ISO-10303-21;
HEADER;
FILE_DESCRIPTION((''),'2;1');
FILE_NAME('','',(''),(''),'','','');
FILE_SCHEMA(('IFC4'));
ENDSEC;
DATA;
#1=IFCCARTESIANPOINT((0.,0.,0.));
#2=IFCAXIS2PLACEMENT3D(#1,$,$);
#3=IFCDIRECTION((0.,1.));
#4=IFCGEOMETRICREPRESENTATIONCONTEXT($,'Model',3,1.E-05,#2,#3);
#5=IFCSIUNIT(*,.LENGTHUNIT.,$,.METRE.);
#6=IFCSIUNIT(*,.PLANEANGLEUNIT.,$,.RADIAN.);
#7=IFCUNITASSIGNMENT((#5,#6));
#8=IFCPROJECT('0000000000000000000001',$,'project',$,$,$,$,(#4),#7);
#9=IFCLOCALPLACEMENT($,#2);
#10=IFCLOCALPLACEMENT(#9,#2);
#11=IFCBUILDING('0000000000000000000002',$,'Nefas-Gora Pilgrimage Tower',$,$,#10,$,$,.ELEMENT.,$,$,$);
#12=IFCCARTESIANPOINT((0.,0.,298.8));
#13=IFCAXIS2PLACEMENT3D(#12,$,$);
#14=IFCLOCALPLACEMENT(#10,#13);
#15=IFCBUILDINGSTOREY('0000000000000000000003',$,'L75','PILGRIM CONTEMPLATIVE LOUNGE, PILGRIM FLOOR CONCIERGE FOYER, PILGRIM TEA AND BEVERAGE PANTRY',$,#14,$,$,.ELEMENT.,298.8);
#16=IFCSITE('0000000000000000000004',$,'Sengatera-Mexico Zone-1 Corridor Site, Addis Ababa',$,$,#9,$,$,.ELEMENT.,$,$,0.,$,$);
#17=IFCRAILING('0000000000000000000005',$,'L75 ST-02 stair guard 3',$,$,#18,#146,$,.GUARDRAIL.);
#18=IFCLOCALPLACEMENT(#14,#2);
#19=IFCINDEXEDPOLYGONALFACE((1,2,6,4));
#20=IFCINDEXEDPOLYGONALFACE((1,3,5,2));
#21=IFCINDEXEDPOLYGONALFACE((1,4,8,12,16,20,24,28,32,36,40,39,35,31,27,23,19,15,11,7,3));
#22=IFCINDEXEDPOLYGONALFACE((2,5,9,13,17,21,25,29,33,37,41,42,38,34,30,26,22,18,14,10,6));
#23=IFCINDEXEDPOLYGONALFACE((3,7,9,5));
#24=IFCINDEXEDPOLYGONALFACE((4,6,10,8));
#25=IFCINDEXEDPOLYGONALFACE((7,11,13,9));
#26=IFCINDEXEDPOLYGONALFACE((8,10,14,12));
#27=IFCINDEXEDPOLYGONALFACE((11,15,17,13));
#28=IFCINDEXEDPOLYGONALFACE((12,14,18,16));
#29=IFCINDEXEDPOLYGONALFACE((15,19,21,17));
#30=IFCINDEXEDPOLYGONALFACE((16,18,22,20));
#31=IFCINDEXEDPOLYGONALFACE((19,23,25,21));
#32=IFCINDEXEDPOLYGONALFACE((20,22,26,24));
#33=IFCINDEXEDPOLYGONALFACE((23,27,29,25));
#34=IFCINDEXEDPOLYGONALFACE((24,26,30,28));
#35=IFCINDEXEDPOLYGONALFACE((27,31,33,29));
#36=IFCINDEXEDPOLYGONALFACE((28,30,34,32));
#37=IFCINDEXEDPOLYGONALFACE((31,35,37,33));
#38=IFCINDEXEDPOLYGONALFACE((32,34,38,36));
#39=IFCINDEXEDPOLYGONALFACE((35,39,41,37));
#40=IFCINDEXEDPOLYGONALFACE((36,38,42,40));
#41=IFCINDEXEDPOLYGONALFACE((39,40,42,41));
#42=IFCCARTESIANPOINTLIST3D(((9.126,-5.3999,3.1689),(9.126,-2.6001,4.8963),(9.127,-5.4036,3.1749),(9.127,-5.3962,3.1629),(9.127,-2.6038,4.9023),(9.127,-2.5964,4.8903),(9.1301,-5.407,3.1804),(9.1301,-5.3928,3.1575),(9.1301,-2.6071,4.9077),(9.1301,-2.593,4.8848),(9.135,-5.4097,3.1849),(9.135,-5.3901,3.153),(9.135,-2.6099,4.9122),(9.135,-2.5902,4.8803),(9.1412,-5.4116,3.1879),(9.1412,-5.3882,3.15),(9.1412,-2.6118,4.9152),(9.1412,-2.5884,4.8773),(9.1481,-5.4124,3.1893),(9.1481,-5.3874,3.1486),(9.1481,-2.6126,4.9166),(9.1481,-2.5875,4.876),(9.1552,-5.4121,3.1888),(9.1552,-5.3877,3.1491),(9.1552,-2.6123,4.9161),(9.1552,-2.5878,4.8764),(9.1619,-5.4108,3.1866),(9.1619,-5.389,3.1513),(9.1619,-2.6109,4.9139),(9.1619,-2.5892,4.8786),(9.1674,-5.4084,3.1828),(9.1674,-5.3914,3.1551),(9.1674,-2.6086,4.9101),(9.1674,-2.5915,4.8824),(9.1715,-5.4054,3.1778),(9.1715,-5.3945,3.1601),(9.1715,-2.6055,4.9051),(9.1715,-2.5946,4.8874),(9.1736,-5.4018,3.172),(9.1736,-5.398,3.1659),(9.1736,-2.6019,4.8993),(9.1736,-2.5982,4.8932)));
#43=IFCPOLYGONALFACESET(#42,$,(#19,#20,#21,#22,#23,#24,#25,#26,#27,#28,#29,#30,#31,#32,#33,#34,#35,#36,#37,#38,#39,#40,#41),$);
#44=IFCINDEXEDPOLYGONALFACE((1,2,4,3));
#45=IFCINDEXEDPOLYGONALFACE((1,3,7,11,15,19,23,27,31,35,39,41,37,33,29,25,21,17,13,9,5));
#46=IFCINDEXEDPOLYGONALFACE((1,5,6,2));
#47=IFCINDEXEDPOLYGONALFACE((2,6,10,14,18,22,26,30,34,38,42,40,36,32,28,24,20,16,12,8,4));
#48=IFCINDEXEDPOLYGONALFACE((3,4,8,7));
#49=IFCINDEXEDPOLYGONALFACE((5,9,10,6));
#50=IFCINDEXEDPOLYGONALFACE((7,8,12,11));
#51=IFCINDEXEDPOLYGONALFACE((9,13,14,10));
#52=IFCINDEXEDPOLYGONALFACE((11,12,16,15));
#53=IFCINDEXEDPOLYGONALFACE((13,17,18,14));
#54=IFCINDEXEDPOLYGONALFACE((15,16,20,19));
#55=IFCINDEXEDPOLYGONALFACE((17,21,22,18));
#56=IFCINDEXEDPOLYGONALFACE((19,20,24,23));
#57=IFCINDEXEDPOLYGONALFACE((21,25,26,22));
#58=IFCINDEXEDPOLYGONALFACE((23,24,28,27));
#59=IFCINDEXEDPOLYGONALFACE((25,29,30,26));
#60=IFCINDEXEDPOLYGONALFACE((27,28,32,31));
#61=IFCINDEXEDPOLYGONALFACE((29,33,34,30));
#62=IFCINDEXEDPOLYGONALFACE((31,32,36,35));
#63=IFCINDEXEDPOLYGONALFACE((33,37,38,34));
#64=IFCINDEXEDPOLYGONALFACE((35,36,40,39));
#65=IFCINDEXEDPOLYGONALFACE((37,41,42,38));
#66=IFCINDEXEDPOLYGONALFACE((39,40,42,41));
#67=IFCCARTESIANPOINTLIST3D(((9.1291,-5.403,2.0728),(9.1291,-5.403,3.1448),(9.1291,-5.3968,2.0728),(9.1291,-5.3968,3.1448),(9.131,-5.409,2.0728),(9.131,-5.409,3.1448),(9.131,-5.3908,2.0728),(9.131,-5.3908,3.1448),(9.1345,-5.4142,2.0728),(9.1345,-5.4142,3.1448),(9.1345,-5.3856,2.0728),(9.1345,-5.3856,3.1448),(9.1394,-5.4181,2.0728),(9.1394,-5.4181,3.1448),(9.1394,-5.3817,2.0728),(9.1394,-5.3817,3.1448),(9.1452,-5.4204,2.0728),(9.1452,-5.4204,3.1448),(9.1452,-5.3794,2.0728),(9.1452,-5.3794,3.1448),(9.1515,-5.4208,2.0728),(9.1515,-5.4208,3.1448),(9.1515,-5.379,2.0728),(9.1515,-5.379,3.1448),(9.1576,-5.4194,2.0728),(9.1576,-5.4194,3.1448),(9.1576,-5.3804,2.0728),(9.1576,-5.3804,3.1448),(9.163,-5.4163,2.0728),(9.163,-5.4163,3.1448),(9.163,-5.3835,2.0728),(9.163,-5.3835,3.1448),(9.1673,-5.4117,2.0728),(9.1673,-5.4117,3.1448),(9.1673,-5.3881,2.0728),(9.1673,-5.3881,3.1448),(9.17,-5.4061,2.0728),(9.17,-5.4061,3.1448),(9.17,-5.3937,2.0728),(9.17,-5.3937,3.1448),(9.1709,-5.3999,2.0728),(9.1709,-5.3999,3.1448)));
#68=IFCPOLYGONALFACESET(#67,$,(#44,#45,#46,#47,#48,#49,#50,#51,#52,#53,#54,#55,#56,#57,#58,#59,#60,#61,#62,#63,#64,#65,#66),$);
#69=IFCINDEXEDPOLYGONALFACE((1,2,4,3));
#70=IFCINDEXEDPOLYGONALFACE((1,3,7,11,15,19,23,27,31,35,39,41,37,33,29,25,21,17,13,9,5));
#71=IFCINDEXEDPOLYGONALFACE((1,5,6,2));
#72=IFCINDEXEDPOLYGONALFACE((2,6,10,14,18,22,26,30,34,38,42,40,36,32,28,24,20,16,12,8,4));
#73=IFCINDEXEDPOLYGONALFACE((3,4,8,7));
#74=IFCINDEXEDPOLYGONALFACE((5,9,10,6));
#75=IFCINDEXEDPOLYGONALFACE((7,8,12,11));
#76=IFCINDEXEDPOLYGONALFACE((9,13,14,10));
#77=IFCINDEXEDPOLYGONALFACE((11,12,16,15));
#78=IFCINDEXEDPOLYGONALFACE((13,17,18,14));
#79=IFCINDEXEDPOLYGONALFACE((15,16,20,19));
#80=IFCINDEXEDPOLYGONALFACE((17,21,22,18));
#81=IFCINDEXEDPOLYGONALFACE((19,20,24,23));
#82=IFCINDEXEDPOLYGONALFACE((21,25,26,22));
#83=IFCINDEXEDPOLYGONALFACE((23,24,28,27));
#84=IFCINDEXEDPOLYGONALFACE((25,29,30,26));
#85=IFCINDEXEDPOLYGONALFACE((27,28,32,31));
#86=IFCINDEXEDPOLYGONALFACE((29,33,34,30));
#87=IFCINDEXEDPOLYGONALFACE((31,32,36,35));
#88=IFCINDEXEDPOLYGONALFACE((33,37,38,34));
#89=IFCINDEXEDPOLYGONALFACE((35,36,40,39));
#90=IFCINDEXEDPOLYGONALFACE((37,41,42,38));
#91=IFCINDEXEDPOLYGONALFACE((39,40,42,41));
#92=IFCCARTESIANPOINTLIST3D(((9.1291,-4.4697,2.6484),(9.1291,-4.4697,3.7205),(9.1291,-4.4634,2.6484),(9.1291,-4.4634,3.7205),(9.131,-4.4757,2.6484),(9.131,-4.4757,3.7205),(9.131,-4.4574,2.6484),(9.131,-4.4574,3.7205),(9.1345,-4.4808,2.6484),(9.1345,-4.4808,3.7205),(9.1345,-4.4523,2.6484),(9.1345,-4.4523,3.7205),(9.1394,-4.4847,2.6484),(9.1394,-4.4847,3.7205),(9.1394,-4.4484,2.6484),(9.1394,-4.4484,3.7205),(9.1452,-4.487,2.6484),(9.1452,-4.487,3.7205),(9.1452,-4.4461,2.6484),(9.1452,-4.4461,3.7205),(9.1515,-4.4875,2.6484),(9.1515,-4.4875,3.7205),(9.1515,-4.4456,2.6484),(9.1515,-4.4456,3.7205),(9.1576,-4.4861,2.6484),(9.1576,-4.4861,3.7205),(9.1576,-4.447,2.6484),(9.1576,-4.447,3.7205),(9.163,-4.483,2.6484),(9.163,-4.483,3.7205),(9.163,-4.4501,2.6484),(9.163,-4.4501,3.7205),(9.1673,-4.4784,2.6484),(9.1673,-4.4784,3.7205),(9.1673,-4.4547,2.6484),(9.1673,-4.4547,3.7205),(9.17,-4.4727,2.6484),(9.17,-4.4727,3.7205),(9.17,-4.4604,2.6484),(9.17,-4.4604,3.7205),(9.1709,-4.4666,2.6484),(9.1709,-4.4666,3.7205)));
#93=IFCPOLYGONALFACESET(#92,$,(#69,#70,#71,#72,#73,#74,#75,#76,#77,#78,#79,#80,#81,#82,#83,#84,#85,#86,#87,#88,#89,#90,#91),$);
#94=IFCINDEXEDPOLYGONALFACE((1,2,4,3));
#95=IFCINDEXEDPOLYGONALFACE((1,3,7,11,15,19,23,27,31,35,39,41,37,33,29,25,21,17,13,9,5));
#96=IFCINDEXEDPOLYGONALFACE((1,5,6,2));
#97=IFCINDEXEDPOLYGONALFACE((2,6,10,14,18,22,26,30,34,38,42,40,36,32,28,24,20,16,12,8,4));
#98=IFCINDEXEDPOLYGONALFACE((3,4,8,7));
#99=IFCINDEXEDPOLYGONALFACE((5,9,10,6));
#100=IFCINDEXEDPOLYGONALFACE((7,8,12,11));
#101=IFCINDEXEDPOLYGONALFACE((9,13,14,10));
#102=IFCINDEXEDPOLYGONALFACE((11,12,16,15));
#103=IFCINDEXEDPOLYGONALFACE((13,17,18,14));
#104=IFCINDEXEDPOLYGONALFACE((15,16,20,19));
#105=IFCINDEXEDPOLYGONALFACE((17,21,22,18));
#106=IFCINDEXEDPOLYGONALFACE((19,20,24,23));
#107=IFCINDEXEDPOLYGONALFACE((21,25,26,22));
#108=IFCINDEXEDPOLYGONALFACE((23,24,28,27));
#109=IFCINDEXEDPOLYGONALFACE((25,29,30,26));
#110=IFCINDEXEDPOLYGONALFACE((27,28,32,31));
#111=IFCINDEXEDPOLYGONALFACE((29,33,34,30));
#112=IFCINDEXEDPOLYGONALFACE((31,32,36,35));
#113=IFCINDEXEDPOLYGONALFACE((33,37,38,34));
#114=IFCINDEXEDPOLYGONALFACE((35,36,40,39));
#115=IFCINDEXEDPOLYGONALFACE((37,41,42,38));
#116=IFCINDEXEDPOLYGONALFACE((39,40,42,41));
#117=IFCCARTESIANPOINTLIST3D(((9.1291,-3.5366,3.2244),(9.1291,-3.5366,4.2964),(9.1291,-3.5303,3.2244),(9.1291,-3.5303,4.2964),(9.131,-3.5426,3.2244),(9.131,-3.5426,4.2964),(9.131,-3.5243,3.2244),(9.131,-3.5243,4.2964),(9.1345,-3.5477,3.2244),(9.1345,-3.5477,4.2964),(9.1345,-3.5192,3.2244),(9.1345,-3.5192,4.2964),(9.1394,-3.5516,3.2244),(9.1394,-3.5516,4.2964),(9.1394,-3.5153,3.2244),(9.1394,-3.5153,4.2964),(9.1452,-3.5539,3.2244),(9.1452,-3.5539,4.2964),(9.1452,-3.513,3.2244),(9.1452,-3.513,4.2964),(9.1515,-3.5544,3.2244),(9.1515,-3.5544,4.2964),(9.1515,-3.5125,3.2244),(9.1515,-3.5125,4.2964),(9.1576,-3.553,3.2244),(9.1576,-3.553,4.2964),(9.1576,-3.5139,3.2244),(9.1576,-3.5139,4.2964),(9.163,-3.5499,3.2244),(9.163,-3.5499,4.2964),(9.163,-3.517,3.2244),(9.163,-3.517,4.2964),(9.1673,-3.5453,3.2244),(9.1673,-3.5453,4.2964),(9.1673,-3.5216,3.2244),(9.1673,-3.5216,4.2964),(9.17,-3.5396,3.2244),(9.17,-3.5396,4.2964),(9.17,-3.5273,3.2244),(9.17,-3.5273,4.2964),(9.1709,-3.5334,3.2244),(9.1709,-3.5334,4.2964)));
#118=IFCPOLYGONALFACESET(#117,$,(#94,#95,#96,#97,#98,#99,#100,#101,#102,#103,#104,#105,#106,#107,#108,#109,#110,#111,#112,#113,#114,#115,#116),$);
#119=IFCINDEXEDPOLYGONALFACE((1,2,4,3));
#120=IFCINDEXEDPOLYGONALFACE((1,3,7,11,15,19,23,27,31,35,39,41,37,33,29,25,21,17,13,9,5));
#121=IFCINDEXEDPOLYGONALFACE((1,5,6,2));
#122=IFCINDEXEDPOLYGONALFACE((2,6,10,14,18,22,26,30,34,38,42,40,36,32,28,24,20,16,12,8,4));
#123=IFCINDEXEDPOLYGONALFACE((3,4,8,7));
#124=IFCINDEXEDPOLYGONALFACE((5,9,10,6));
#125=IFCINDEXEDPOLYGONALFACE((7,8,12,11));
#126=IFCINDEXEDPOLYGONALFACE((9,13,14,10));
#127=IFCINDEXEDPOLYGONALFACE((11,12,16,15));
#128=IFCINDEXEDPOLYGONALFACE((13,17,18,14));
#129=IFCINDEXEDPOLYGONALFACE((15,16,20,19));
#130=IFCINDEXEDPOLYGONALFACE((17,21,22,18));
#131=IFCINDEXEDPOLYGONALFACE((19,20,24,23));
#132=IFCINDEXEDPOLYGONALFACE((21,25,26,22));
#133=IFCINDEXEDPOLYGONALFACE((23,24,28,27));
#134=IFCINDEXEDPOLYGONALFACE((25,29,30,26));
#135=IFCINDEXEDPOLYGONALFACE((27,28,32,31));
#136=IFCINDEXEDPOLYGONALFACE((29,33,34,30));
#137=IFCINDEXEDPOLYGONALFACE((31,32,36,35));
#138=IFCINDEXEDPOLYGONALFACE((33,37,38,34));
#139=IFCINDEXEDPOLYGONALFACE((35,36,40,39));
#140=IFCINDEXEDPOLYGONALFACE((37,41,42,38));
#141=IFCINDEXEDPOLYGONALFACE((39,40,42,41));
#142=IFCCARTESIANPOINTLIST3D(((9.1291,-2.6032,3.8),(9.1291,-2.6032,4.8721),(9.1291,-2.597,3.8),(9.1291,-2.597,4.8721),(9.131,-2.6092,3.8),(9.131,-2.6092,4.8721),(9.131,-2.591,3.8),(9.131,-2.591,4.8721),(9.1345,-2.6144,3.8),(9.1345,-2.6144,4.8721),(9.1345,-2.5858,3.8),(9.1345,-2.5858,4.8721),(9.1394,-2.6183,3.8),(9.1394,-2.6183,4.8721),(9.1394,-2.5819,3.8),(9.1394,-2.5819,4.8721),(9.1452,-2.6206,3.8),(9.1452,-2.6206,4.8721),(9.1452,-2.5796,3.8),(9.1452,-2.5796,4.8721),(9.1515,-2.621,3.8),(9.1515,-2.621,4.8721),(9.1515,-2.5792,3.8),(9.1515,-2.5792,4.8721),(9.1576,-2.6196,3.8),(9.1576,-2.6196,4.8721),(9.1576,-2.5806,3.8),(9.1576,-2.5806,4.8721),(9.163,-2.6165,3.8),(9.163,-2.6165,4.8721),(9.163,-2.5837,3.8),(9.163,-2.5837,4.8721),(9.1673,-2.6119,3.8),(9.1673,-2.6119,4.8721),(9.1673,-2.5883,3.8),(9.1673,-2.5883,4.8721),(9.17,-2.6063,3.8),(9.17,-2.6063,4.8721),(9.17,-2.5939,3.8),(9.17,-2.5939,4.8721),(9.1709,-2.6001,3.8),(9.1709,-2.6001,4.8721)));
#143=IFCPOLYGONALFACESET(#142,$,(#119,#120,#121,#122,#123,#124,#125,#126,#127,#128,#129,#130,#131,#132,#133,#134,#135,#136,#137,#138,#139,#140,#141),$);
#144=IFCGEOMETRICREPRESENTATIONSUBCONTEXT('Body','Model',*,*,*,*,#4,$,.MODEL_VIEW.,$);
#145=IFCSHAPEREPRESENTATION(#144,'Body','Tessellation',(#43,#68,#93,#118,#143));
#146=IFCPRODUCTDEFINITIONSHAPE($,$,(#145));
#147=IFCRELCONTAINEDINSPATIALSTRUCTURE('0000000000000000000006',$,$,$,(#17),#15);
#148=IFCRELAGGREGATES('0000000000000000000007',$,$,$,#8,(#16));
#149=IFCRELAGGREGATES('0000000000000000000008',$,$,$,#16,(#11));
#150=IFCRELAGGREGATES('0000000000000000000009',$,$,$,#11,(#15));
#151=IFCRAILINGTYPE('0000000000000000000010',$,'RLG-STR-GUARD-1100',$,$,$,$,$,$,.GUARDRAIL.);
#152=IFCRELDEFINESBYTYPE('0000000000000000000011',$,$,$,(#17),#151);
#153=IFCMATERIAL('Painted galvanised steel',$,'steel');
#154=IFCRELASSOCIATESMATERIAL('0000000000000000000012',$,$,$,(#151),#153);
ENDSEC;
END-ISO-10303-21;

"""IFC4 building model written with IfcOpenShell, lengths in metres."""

from ifc_helpers import new_model, si_unit, direction, frame, origin, origin_2d, place, context, subcontext, project, spatial, circle, extrude, material, type_object, element, save


model = new_model("IFC4")

# Units and contexts
model_context = context("Model", 3, precision=1e-05, world=origin(), true_north=direction((0.0, 1.0)))
body_context = subcontext(model_context, "Body", "Model", "MODEL_VIEW")
ifc_project = project(units=[si_unit("LENGTHUNIT", "METRE"), si_unit("PLANEANGLEUNIT", "RADIAN")], contexts=[model_context])

# Site, building, storey
site_placement = place(None, origin())
site = spatial("IfcSite", under=ifc_project, at=site_placement, Name="Sengatera-Mexico Zone-1 Corridor Site, Addis Ababa", CompositionType="ELEMENT", RefElevation=0.0)
building_placement = place(site_placement, origin())
building = spatial("IfcBuilding", under=site, at=building_placement, Name="Nefas-Gora Pilgrimage Tower", CompositionType="ELEMENT")
storey_placement = place(building_placement, frame((0.0, 0.0, 298.8)))
storey = spatial("IfcBuildingStorey", under=building, at=storey_placement, Name="L75", Description="PILGRIM CONTEMPLATIVE LOUNGE, PILGRIM FLOOR CONCIERGE FOYER, PILGRIM TEA AND BEVERAGE PANTRY", CompositionType="ELEMENT", Elevation=298.8)

# Railing
ifc_material_1 = material(Name="Painted galvanised steel", Category="steel")
railing_type_1 = type_object("IfcRailingType", Name="RLG-STR-GUARD-1100", PredefinedType="GUARDRAIL", material=ifc_material_1)
railing_1_placement = place(storey_placement, frame((9.1499, -5.3999, 2.0728)))
element("IfcRailing", 1, at=railing_1_placement, inside=storey, type_object=railing_type_1, Name="L75 ST-02 stair guard 3", PredefinedType="GUARDRAIL", context=body_context, shape_type="SweptSolid", body=[
    extrude(circle(Radius=0.0239, at=origin_2d()), frame((0.0, 0.0, 1.0962), z_axis=(0.0, 0.851069, 0.525054), x_axis=(-1.0, 0.0, 0.0)), (0.0, 0.0, 1.0), 3.2898),
    extrude(circle(Radius=0.021, at=origin_2d()), origin(), (0.0, 0.0, 1.0), 1.072),
    extrude(circle(Radius=0.021, at=origin_2d()), frame((0.0, 0.9333, 0.5757)), (0.0, 0.0, 1.0), 1.072),
    extrude(circle(Radius=0.021, at=origin_2d()), frame((0.0, 1.8665, 1.1516)), (0.0, 0.0, 1.0), 1.072),
    extrude(circle(Radius=0.021, at=origin_2d()), frame((0.0, 2.7998, 1.7273)), (0.0, 0.0, 1.0), 1.072),
])

save(model, "model.ifc")
